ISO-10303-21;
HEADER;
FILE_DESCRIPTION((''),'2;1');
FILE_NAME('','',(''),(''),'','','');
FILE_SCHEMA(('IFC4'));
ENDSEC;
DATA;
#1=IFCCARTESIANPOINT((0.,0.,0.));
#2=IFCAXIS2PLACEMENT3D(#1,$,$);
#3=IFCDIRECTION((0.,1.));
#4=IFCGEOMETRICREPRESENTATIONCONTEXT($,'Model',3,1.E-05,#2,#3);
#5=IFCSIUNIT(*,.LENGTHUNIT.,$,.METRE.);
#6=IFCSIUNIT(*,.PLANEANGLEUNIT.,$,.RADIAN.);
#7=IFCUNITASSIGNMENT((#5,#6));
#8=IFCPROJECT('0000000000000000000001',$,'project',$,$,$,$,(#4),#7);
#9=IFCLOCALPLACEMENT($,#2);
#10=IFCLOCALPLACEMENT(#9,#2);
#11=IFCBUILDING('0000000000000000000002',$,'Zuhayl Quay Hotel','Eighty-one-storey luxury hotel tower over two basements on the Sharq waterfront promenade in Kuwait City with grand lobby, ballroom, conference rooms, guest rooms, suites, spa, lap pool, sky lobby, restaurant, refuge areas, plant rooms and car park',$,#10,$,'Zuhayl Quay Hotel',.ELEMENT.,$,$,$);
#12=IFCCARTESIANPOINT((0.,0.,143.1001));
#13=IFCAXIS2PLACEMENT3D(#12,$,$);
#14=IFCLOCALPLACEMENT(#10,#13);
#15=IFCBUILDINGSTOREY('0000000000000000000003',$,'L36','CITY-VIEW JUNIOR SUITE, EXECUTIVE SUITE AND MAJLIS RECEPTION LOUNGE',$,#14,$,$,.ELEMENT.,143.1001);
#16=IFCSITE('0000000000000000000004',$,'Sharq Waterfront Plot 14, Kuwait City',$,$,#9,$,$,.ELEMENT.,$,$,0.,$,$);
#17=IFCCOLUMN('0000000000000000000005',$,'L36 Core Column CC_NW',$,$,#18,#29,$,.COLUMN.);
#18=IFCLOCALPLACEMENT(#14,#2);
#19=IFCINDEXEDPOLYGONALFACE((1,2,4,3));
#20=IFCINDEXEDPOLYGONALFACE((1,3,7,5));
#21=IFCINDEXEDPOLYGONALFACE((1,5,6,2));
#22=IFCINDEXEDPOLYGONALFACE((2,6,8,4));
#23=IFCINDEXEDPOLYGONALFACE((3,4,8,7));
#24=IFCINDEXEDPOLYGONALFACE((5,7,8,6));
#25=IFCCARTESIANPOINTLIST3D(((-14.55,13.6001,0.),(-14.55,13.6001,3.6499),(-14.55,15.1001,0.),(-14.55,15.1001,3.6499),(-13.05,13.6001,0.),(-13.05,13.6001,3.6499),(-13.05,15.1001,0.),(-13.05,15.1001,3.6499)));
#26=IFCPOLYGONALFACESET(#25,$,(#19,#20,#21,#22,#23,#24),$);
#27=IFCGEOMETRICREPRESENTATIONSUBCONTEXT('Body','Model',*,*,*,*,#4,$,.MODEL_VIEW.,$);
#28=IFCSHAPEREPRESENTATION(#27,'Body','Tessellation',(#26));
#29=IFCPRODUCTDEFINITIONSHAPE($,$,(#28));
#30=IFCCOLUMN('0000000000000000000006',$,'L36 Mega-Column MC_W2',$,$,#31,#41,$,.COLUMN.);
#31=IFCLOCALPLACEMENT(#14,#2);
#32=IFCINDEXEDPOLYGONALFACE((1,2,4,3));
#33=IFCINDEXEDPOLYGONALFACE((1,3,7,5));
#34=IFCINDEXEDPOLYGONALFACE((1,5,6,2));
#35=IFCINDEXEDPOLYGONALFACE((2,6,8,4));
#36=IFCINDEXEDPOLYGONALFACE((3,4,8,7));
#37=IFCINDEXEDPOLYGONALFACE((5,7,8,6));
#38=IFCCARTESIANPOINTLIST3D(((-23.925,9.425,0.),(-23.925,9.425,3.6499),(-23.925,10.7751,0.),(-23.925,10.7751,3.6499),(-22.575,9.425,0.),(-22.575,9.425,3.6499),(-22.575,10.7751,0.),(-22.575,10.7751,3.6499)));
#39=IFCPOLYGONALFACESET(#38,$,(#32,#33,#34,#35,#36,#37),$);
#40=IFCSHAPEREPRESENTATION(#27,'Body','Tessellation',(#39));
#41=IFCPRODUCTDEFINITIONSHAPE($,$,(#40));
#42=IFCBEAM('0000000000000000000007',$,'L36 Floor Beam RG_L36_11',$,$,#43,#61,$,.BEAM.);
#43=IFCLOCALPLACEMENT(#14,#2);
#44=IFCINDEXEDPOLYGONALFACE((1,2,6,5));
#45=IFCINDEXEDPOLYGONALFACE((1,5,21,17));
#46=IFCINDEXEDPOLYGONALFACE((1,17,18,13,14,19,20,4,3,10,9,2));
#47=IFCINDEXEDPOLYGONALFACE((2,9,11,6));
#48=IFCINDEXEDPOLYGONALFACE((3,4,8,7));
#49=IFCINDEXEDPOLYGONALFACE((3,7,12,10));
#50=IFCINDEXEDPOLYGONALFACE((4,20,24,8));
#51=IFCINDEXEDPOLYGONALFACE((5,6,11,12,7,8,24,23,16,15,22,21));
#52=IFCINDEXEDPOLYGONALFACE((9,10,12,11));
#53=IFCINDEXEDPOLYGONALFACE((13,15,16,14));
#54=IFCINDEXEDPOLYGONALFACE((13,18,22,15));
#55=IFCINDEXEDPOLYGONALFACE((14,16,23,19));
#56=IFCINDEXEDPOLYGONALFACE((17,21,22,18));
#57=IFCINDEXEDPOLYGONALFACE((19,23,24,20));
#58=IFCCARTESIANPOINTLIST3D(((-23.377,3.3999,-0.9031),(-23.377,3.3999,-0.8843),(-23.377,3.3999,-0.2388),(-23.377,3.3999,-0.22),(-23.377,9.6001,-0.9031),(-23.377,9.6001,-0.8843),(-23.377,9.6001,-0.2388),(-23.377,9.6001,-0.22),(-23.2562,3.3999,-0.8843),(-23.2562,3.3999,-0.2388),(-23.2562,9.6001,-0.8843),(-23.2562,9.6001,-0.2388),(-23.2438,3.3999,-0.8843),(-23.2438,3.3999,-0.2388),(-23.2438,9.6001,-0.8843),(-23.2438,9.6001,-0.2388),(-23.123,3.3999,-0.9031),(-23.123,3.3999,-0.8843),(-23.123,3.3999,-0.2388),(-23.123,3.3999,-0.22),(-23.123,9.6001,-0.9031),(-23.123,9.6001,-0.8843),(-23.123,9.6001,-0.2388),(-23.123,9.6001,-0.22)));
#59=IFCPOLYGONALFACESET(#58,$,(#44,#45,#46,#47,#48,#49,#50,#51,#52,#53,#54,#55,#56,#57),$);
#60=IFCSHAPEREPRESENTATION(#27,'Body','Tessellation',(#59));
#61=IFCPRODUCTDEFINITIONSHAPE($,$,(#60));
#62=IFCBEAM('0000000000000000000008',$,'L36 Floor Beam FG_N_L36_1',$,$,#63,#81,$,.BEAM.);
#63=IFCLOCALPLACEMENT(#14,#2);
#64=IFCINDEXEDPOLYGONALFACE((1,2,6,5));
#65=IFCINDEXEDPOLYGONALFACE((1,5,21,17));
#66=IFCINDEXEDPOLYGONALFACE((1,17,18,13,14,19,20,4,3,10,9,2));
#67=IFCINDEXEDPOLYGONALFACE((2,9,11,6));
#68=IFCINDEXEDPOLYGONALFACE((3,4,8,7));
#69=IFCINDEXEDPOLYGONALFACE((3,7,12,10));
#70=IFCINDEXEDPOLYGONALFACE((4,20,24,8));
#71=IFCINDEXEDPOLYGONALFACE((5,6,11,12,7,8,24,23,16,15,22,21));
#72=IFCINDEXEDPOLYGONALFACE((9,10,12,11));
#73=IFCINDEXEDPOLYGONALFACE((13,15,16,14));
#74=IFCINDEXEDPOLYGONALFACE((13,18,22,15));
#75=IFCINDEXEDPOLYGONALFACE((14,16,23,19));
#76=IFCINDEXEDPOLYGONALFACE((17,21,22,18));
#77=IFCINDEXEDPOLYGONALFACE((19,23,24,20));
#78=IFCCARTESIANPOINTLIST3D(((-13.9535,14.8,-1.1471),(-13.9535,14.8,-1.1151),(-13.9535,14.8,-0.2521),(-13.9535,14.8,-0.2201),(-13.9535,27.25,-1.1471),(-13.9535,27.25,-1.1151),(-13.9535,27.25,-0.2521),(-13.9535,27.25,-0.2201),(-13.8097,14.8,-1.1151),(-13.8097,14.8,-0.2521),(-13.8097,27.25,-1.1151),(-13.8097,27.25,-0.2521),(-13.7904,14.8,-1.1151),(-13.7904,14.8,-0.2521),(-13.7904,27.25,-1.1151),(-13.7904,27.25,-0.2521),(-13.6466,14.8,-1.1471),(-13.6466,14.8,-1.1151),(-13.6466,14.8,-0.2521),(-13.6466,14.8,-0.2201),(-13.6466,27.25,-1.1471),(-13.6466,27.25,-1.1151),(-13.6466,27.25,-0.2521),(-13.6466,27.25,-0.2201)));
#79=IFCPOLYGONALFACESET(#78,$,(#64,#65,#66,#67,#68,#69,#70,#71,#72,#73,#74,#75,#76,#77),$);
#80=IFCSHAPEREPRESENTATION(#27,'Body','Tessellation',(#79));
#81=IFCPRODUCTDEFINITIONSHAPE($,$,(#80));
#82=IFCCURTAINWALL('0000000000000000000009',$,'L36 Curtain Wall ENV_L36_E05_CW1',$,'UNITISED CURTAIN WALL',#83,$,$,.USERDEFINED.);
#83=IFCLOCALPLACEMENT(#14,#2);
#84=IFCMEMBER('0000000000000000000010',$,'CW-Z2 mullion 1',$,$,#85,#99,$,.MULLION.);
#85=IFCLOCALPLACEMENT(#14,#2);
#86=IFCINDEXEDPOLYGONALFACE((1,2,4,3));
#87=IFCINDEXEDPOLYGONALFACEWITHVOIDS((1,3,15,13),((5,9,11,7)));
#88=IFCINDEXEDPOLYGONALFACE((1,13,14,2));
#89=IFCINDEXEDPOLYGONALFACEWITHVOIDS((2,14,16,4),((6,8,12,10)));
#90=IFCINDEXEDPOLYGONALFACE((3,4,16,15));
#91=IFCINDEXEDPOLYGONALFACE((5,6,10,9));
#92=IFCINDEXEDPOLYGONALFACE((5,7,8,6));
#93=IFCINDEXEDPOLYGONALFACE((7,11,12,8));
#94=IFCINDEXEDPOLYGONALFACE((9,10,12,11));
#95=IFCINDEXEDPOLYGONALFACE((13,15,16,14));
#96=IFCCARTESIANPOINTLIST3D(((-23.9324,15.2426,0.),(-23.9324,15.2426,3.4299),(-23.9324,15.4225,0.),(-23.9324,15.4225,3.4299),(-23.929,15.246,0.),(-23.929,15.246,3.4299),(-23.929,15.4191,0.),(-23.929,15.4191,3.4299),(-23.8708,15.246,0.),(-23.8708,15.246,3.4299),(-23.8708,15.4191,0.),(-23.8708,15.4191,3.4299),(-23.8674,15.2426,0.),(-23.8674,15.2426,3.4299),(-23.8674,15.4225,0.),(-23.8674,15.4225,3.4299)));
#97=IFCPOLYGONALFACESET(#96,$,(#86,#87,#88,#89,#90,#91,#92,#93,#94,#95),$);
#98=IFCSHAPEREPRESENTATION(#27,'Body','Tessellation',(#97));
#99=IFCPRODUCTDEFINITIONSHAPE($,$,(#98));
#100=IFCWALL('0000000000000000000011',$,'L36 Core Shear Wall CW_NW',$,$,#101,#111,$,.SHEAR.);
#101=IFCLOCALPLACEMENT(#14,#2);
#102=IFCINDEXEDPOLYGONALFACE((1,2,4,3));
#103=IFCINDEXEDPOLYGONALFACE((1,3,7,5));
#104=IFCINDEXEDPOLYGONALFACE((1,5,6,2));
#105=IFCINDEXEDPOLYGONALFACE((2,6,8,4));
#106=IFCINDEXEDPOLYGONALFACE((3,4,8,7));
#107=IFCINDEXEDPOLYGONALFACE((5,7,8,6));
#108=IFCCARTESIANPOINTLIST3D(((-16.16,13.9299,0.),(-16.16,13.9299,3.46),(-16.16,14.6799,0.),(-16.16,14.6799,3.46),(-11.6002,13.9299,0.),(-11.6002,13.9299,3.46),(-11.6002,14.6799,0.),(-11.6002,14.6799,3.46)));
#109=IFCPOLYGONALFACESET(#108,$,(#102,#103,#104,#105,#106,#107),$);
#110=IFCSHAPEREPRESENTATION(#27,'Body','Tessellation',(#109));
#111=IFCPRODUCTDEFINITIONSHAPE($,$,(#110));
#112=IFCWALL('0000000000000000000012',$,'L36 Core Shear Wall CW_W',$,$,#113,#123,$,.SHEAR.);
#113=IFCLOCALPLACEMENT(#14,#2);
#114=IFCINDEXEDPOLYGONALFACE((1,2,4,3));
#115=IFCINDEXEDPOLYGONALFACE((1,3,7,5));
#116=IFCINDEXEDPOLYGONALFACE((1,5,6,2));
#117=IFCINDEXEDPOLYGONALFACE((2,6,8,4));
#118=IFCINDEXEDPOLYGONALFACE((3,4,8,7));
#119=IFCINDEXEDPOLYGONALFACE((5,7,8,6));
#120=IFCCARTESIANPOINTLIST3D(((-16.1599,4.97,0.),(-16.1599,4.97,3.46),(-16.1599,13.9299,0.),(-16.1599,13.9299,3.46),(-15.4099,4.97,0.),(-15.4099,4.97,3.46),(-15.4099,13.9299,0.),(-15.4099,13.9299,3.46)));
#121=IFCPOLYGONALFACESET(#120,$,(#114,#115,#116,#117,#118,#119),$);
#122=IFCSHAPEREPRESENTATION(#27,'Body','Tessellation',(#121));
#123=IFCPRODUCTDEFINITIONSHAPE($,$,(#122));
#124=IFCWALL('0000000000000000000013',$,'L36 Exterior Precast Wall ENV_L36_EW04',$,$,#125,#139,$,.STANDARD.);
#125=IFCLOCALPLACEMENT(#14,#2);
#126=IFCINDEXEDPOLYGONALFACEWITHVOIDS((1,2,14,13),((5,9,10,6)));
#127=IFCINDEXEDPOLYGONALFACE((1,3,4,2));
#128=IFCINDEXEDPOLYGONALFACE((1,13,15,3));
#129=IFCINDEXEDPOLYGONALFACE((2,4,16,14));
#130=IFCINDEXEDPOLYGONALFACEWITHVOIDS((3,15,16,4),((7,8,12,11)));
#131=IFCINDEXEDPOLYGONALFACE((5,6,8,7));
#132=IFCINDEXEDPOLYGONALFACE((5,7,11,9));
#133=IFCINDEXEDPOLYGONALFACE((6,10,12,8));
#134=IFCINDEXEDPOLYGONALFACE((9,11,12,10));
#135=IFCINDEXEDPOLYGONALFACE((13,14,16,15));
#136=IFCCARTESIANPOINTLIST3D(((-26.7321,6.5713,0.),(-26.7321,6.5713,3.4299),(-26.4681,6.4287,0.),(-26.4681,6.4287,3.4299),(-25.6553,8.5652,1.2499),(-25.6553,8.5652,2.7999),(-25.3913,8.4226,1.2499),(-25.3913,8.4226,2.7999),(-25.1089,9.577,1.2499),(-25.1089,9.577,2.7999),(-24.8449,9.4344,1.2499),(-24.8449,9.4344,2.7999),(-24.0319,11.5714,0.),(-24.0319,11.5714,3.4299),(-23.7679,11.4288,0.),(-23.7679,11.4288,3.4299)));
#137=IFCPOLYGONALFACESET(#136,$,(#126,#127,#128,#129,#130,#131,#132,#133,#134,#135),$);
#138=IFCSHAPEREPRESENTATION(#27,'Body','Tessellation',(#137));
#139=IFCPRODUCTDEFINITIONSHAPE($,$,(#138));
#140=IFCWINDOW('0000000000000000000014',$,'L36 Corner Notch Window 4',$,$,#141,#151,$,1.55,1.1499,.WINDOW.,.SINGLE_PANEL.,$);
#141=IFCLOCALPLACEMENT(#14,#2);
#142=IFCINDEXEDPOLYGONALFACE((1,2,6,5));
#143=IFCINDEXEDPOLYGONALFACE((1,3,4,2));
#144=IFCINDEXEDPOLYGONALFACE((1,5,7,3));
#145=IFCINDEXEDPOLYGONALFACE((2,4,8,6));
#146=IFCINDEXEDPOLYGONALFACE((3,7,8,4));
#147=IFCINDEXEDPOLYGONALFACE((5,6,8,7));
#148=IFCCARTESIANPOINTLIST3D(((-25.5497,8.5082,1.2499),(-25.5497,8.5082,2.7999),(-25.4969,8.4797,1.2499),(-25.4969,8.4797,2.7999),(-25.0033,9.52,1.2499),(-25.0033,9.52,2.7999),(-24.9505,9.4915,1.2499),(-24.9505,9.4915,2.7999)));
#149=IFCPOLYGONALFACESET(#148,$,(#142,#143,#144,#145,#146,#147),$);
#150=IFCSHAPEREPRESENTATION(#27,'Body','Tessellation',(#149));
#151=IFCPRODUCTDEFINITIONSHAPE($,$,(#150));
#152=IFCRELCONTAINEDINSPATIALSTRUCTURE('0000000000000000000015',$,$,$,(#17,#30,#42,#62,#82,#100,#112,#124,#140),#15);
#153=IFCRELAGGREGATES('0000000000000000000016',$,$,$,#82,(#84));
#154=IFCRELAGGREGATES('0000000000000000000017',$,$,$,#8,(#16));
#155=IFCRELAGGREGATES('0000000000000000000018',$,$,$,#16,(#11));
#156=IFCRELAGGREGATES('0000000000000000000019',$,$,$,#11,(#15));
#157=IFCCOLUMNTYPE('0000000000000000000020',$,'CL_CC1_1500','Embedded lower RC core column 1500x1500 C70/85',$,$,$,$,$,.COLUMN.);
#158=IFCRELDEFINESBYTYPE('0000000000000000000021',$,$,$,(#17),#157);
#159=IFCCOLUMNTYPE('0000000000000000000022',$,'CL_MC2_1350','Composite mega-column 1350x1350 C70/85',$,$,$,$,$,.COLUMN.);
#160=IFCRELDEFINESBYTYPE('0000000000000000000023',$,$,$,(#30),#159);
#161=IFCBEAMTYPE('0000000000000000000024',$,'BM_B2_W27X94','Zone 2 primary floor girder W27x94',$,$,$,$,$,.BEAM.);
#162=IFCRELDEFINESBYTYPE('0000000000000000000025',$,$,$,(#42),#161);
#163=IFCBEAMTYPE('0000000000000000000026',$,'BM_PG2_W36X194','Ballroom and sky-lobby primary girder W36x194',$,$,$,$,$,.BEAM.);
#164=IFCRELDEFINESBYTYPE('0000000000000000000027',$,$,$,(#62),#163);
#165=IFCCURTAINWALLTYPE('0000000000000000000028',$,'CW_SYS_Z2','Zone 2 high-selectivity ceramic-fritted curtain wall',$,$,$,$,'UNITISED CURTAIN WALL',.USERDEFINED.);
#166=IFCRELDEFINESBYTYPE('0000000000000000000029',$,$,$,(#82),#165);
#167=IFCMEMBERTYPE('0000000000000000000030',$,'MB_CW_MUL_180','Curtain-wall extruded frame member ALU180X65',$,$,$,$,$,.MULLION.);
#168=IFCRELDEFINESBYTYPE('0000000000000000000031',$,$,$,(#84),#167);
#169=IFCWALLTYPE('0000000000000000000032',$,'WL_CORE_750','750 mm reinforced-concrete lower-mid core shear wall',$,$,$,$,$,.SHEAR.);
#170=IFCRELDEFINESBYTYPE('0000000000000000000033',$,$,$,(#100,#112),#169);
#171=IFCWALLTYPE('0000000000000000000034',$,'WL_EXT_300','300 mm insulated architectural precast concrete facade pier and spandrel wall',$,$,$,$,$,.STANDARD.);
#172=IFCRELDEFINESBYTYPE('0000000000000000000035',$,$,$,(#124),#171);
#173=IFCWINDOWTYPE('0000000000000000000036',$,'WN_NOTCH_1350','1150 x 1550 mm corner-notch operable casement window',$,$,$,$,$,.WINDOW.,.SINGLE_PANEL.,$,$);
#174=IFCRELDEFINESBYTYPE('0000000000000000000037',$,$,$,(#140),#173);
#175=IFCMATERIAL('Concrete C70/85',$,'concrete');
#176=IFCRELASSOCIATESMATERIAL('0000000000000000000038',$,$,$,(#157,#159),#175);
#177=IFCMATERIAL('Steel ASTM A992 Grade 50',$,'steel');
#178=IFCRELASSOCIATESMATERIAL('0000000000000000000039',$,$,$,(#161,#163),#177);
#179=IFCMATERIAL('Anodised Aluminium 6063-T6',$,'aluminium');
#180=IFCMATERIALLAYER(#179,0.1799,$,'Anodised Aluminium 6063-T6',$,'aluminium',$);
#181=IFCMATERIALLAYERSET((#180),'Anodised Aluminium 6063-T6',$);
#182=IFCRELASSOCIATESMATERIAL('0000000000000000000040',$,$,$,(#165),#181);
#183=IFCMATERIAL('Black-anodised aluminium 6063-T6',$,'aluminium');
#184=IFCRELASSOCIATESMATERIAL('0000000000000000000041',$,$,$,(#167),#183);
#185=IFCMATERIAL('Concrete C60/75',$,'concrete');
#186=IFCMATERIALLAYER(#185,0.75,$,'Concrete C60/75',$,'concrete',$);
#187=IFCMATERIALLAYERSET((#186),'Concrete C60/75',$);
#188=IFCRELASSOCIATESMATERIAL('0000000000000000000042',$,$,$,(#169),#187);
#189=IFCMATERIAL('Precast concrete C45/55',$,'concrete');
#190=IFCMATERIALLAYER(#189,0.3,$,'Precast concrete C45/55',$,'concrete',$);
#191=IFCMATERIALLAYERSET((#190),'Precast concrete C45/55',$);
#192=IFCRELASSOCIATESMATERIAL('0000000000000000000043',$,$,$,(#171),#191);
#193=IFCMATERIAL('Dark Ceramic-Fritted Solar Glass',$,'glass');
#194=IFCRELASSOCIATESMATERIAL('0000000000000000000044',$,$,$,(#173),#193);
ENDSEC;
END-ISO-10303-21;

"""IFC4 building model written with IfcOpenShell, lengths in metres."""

from ifc_helpers import new_model, si_unit, direction, frame, frame_2d, origin, origin_2d, place, context, subcontext, project, spatial, rectangle, hollow_rectangle, i_section, extrude, material, layer, layer_set, material_profile, profile_set, type_object, element, fill, aggregate, save


model = new_model("IFC4")

# Units and contexts
model_context = context("Model", 3, precision=1e-05, world=origin(), true_north=direction((0.0, 1.0)))
body_context = subcontext(model_context, "Body", "Model", "MODEL_VIEW")
ifc_project = project(units=[si_unit("LENGTHUNIT", "METRE"), si_unit("PLANEANGLEUNIT", "RADIAN")], contexts=[model_context])

# Site, building, storey
site_placement = place(None, origin())
site = spatial("IfcSite", under=ifc_project, at=site_placement, Name="Sharq Waterfront Plot 14, Kuwait City", CompositionType="ELEMENT", RefElevation=0.0)
building_placement = place(site_placement, origin())
building = spatial("IfcBuilding", under=site, at=building_placement, Name="Zuhayl Quay Hotel", Description="Eighty-one-storey luxury hotel tower over two basements on the Sharq waterfront promenade in Kuwait City with grand lobby, ballroom, conference rooms, guest rooms, suites, spa, lap pool, sky lobby, restaurant, refuge areas, plant rooms and car park", LongName="Zuhayl Quay Hotel", CompositionType="ELEMENT")
storey_placement = place(building_placement, frame((0.0, 0.0, 143.1001)))
storey = spatial("IfcBuildingStorey", under=building, at=storey_placement, Name="L36", Description="CITY-VIEW JUNIOR SUITE, EXECUTIVE SUITE AND MAJLIS RECEPTION LOUNGE", CompositionType="ELEMENT", Elevation=143.1001)

# Columns
ifc_material_1 = material(Name="Concrete C70/85", Category="concrete")
ifc_material_profile_1 = material_profile(ifc_material_1, rectangle(XDim=1.5, YDim=1.5, at=origin_2d()), Name="RC1500X1500")
ifc_profile_set_1 = profile_set([ifc_material_profile_1], Name="Concrete C70/85")
column_type_1 = type_object("IfcColumnType", Name="CL_CC1_1500", Description="Embedded lower RC core column 1500x1500 C70/85", PredefinedType="COLUMN", material=ifc_profile_set_1)
column_1_placement = place(storey_placement, frame((-13.8, 14.3501, 0.0), z_axis=(0.0, 0.0, 1.0), x_axis=(1.0, 0.0, 0.0)))
element("IfcColumn", 1, at=column_1_placement, inside=storey, type_object=column_type_1, Name="L36 Core Column CC_NW", PredefinedType="COLUMN", context=body_context, shape_type="SweptSolid", body=[
    extrude(rectangle(XDim=1.5, YDim=1.5, at=origin_2d()), origin(), (0.0, 0.0, 1.0), 3.6499),
])
ifc_material_profile_2 = material_profile(ifc_material_1, rectangle(XDim=1.3501, YDim=1.3501, at=origin_2d()), Name="RC1350X1350")
ifc_profile_set_2 = profile_set([ifc_material_profile_2], Name="Concrete C70/85")
column_type_2 = type_object("IfcColumnType", Name="CL_MC2_1350", Description="Composite mega-column 1350x1350 C70/85", PredefinedType="COLUMN", material=ifc_profile_set_2)
column_2_placement = place(storey_placement, frame((-23.25, 10.1001, 0.0), z_axis=(0.0, 0.0, 1.0), x_axis=(1.0, 0.0, 0.0)))
element("IfcColumn", 2, at=column_2_placement, inside=storey, type_object=column_type_2, Name="L36 Mega-Column MC_W2", PredefinedType="COLUMN", context=body_context, shape_type="SweptSolid", body=[
    extrude(rectangle(XDim=1.3501, YDim=1.3501, at=origin_2d()), origin(), (0.0, 0.0, 1.0), 3.6499),
])

# Beams
ifc_material_2 = material(Name="Steel ASTM A992 Grade 50", Category="steel")
ifc_material_profile_3 = material_profile(ifc_material_2, i_section(OverallWidth=0.2539, OverallDepth=0.6831, WebThickness=0.0125, FlangeThickness=0.0188, at=origin_2d()), Name="W27X94")
ifc_profile_set_3 = profile_set([ifc_material_profile_3], Name="Steel ASTM A992 Grade 50")
beam_type_1 = type_object("IfcBeamType", Name="BM_B2_W27X94", Description="Zone 2 primary floor girder W27x94", PredefinedType="BEAM", material=ifc_profile_set_3)
beam_1_placement = place(storey_placement, frame((-23.25, 9.6001, -0.5615), z_axis=(0.0, -1.0, 0.0), x_axis=(1.0, 0.0, 0.0)))
element("IfcBeam", 3, at=beam_1_placement, inside=storey, type_object=beam_type_1, Name="L36 Floor Beam RG_L36_11", PredefinedType="BEAM", context=body_context, shape_type="SweptSolid", body=[
    extrude(i_section(OverallWidth=0.2539, OverallDepth=0.6831, WebThickness=0.0125, FlangeThickness=0.0188, at=origin_2d()), origin(), (0.0, 0.0, 1.0), 6.2002),
])
ifc_material_profile_4 = material_profile(ifc_material_2, i_section(OverallWidth=0.3069, OverallDepth=0.927, WebThickness=0.0193, FlangeThickness=0.032, at=origin_2d()), Name="W36X194")
ifc_profile_set_4 = profile_set([ifc_material_profile_4], Name="Steel ASTM A992 Grade 50")
beam_type_2 = type_object("IfcBeamType", Name="BM_PG2_W36X194", Description="Ballroom and sky-lobby primary girder W36x194", PredefinedType="BEAM", material=ifc_profile_set_4)
beam_2_placement = place(storey_placement, frame((-13.8, 14.8, -0.6836), z_axis=(0.0, 1.0, 0.0), x_axis=(-1.0, 0.0, 0.0)))
element("IfcBeam", 4, at=beam_2_placement, inside=storey, type_object=beam_type_2, Name="L36 Floor Beam FG_N_L36_1", PredefinedType="BEAM", context=body_context, shape_type="SweptSolid", body=[
    extrude(i_section(OverallWidth=0.3069, OverallDepth=0.927, WebThickness=0.0193, FlangeThickness=0.032, at=origin_2d()), origin(), (0.0, 0.0, 1.0), 12.45),
])

# Curtain wall, member
ifc_material_3 = material(Name="Anodised Aluminium 6063-T6", Category="aluminium")
ifc_layer_1 = layer(ifc_material_3, 0.1799, Name="Anodised Aluminium 6063-T6", Category="aluminium")
ifc_layer_set_1 = layer_set([ifc_layer_1], Name="Anodised Aluminium 6063-T6")
curtain_wall_type = type_object("IfcCurtainWallType", Name="CW_SYS_Z2", Description="Zone 2 high-selectivity ceramic-fritted curtain wall", ElementType="UNITISED CURTAIN WALL", PredefinedType="USERDEFINED", material=ifc_layer_set_1)
curtain_wall_placement = place(storey_placement, origin())
curtain_wall = element("IfcCurtainWall", 5, at=curtain_wall_placement, inside=storey, type_object=curtain_wall_type, Name="L36 Curtain Wall ENV_L36_E05_CW1", ObjectType="UNITISED CURTAIN WALL", PredefinedType="USERDEFINED")
ifc_material_4 = material(Name="Black-anodised aluminium 6063-T6", Category="aluminium")
ifc_material_profile_5 = material_profile(ifc_material_4, hollow_rectangle(XDim=0.0649, YDim=0.1799, WallThickness=0.0034, at=origin_2d()), Name="ALU180X65")
ifc_profile_set_5 = profile_set([ifc_material_profile_5], Name="Black-anodised aluminium 6063-T6")
member_type = type_object("IfcMemberType", Name="MB_CW_MUL_180", Description="Curtain-wall extruded frame member ALU180X65", PredefinedType="MULLION", material=ifc_profile_set_5)
member_placement = place(storey_placement, frame((-23.8999, 15.3325, 0.0), z_axis=(0.0, 0.0, 1.0), x_axis=(-1.0, 0.0, 0.0)))
member = element("IfcMember", 6, at=member_placement, type_object=member_type, Name="CW-Z2 mullion 1", PredefinedType="MULLION", context=body_context, shape_type="SweptSolid", body=[
    extrude(hollow_rectangle(XDim=0.0649, YDim=0.1799, WallThickness=0.0034, at=origin_2d()), origin(), (0.0, 0.0, 1.0), 3.4299),
])
aggregate(curtain_wall, [member])

# Walls
ifc_material_5 = material(Name="Concrete C60/75", Category="concrete")
ifc_layer_2 = layer(ifc_material_5, 0.75, Name="Concrete C60/75", Category="concrete")
ifc_layer_set_2 = layer_set([ifc_layer_2], Name="Concrete C60/75")
wall_type_1 = type_object("IfcWallType", Name="WL_CORE_750", Description="750 mm reinforced-concrete lower-mid core shear wall", PredefinedType="SHEAR", material=ifc_layer_set_2)
wall_1_placement = place(storey_placement, frame((-16.1599, 14.3049, 0.0), z_axis=(0.0, 0.0, 1.0), x_axis=(1.0, 0.0, 0.0)))
element("IfcWall", 7, at=wall_1_placement, inside=storey, type_object=wall_type_1, Name="L36 Core Shear Wall CW_NW", PredefinedType="SHEAR", context=body_context, shape_type="SweptSolid", body=[
    extrude(rectangle(XDim=4.5598, YDim=0.75, at=frame_2d((2.2798, 0.0))), origin(), (0.0, 0.0, 1.0), 3.46),
])
wall_2_placement = place(storey_placement, frame((-15.7849, 4.97, 0.0), z_axis=(0.0, 0.0, 1.0), x_axis=(0.0, 1.0, 0.0)))
element("IfcWall", 8, at=wall_2_placement, inside=storey, type_object=wall_type_1, Name="L36 Core Shear Wall CW_W", PredefinedType="SHEAR", context=body_context, shape_type="SweptSolid", body=[
    extrude(rectangle(XDim=8.96, YDim=0.75, at=frame_2d((4.48, 0.0))), origin(), (0.0, 0.0, 1.0), 3.46),
])

# Wall, opening, window
ifc_material_6 = material(Name="Precast concrete C45/55", Category="concrete")
ifc_layer_3 = layer(ifc_material_6, 0.3, Name="Precast concrete C45/55", Category="concrete")
ifc_layer_set_3 = layer_set([ifc_layer_3], Name="Precast concrete C45/55")
wall_type_2 = type_object("IfcWallType", Name="WL_EXT_300", Description="300 mm insulated architectural precast concrete facade pier and spandrel wall", PredefinedType="STANDARD", material=ifc_layer_set_3)
wall_3_placement = place(storey_placement, frame((-26.6001, 6.5, 0.0), z_axis=(0.0, 0.0, 1.0), x_axis=(0.475176, 0.879891, 0.0)))
wall_3 = element("IfcWall", 9, at=wall_3_placement, inside=storey, type_object=wall_type_2, Name="L36 Exterior Precast Wall ENV_L36_EW04", PredefinedType="STANDARD", context=body_context, shape_type="SweptSolid", body=[
    extrude(rectangle(XDim=5.6826, YDim=0.3, at=frame_2d((2.8413, 0.0))), origin(), (0.0, 0.0, 1.0), 3.4299),
])
opening_1_placement = place(wall_3_placement, frame((2.2661, 0.0, 1.25)))
opening_1 = element("IfcOpeningElement", 10, at=opening_1_placement, cuts=wall_3, PredefinedType="OPENING", context=body_context, shape_type="SweptSolid", body=[
    extrude(rectangle(XDim=1.1499, YDim=1.55, at=frame_2d((0.575, 0.7749))), frame((0.0, 0.1599, 0.0), z_axis=(0.0, -1.0, 0.0), x_axis=(1.0, 0.0, 0.0)), (0.0, 0.0, 1.0), 0.3201),
])
ifc_material_7 = material(Name="Dark Ceramic-Fritted Solar Glass", Category="glass")
window_type_1 = type_object("IfcWindowType", Name="WN_NOTCH_1350", Description="1150 x 1550 mm corner-notch operable casement window", PartitioningType="SINGLE_PANEL", PredefinedType="WINDOW", material=ifc_material_7)
window_1_placement = place(opening_1_placement, origin())
window_1 = element("IfcWindow", 11, at=window_1_placement, inside=storey, type_object=window_type_1, Name="L36 Corner Notch Window 4", OverallHeight=1.55, OverallWidth=1.1499, PartitioningType="SINGLE_PANEL", PredefinedType="WINDOW", context=body_context, shape_type="SweptSolid", body=[
    extrude(rectangle(XDim=1.1499, YDim=1.55, at=frame_2d((0.575, 0.7749))), frame((0.0, 0.03, 0.0), z_axis=(0.0, -1.0, 0.0), x_axis=(1.0, 0.0, 0.0)), (0.0, 0.0, 1.0), 0.0601),
])
fill(opening_1, window_1)

save(model, "model.ifc")
